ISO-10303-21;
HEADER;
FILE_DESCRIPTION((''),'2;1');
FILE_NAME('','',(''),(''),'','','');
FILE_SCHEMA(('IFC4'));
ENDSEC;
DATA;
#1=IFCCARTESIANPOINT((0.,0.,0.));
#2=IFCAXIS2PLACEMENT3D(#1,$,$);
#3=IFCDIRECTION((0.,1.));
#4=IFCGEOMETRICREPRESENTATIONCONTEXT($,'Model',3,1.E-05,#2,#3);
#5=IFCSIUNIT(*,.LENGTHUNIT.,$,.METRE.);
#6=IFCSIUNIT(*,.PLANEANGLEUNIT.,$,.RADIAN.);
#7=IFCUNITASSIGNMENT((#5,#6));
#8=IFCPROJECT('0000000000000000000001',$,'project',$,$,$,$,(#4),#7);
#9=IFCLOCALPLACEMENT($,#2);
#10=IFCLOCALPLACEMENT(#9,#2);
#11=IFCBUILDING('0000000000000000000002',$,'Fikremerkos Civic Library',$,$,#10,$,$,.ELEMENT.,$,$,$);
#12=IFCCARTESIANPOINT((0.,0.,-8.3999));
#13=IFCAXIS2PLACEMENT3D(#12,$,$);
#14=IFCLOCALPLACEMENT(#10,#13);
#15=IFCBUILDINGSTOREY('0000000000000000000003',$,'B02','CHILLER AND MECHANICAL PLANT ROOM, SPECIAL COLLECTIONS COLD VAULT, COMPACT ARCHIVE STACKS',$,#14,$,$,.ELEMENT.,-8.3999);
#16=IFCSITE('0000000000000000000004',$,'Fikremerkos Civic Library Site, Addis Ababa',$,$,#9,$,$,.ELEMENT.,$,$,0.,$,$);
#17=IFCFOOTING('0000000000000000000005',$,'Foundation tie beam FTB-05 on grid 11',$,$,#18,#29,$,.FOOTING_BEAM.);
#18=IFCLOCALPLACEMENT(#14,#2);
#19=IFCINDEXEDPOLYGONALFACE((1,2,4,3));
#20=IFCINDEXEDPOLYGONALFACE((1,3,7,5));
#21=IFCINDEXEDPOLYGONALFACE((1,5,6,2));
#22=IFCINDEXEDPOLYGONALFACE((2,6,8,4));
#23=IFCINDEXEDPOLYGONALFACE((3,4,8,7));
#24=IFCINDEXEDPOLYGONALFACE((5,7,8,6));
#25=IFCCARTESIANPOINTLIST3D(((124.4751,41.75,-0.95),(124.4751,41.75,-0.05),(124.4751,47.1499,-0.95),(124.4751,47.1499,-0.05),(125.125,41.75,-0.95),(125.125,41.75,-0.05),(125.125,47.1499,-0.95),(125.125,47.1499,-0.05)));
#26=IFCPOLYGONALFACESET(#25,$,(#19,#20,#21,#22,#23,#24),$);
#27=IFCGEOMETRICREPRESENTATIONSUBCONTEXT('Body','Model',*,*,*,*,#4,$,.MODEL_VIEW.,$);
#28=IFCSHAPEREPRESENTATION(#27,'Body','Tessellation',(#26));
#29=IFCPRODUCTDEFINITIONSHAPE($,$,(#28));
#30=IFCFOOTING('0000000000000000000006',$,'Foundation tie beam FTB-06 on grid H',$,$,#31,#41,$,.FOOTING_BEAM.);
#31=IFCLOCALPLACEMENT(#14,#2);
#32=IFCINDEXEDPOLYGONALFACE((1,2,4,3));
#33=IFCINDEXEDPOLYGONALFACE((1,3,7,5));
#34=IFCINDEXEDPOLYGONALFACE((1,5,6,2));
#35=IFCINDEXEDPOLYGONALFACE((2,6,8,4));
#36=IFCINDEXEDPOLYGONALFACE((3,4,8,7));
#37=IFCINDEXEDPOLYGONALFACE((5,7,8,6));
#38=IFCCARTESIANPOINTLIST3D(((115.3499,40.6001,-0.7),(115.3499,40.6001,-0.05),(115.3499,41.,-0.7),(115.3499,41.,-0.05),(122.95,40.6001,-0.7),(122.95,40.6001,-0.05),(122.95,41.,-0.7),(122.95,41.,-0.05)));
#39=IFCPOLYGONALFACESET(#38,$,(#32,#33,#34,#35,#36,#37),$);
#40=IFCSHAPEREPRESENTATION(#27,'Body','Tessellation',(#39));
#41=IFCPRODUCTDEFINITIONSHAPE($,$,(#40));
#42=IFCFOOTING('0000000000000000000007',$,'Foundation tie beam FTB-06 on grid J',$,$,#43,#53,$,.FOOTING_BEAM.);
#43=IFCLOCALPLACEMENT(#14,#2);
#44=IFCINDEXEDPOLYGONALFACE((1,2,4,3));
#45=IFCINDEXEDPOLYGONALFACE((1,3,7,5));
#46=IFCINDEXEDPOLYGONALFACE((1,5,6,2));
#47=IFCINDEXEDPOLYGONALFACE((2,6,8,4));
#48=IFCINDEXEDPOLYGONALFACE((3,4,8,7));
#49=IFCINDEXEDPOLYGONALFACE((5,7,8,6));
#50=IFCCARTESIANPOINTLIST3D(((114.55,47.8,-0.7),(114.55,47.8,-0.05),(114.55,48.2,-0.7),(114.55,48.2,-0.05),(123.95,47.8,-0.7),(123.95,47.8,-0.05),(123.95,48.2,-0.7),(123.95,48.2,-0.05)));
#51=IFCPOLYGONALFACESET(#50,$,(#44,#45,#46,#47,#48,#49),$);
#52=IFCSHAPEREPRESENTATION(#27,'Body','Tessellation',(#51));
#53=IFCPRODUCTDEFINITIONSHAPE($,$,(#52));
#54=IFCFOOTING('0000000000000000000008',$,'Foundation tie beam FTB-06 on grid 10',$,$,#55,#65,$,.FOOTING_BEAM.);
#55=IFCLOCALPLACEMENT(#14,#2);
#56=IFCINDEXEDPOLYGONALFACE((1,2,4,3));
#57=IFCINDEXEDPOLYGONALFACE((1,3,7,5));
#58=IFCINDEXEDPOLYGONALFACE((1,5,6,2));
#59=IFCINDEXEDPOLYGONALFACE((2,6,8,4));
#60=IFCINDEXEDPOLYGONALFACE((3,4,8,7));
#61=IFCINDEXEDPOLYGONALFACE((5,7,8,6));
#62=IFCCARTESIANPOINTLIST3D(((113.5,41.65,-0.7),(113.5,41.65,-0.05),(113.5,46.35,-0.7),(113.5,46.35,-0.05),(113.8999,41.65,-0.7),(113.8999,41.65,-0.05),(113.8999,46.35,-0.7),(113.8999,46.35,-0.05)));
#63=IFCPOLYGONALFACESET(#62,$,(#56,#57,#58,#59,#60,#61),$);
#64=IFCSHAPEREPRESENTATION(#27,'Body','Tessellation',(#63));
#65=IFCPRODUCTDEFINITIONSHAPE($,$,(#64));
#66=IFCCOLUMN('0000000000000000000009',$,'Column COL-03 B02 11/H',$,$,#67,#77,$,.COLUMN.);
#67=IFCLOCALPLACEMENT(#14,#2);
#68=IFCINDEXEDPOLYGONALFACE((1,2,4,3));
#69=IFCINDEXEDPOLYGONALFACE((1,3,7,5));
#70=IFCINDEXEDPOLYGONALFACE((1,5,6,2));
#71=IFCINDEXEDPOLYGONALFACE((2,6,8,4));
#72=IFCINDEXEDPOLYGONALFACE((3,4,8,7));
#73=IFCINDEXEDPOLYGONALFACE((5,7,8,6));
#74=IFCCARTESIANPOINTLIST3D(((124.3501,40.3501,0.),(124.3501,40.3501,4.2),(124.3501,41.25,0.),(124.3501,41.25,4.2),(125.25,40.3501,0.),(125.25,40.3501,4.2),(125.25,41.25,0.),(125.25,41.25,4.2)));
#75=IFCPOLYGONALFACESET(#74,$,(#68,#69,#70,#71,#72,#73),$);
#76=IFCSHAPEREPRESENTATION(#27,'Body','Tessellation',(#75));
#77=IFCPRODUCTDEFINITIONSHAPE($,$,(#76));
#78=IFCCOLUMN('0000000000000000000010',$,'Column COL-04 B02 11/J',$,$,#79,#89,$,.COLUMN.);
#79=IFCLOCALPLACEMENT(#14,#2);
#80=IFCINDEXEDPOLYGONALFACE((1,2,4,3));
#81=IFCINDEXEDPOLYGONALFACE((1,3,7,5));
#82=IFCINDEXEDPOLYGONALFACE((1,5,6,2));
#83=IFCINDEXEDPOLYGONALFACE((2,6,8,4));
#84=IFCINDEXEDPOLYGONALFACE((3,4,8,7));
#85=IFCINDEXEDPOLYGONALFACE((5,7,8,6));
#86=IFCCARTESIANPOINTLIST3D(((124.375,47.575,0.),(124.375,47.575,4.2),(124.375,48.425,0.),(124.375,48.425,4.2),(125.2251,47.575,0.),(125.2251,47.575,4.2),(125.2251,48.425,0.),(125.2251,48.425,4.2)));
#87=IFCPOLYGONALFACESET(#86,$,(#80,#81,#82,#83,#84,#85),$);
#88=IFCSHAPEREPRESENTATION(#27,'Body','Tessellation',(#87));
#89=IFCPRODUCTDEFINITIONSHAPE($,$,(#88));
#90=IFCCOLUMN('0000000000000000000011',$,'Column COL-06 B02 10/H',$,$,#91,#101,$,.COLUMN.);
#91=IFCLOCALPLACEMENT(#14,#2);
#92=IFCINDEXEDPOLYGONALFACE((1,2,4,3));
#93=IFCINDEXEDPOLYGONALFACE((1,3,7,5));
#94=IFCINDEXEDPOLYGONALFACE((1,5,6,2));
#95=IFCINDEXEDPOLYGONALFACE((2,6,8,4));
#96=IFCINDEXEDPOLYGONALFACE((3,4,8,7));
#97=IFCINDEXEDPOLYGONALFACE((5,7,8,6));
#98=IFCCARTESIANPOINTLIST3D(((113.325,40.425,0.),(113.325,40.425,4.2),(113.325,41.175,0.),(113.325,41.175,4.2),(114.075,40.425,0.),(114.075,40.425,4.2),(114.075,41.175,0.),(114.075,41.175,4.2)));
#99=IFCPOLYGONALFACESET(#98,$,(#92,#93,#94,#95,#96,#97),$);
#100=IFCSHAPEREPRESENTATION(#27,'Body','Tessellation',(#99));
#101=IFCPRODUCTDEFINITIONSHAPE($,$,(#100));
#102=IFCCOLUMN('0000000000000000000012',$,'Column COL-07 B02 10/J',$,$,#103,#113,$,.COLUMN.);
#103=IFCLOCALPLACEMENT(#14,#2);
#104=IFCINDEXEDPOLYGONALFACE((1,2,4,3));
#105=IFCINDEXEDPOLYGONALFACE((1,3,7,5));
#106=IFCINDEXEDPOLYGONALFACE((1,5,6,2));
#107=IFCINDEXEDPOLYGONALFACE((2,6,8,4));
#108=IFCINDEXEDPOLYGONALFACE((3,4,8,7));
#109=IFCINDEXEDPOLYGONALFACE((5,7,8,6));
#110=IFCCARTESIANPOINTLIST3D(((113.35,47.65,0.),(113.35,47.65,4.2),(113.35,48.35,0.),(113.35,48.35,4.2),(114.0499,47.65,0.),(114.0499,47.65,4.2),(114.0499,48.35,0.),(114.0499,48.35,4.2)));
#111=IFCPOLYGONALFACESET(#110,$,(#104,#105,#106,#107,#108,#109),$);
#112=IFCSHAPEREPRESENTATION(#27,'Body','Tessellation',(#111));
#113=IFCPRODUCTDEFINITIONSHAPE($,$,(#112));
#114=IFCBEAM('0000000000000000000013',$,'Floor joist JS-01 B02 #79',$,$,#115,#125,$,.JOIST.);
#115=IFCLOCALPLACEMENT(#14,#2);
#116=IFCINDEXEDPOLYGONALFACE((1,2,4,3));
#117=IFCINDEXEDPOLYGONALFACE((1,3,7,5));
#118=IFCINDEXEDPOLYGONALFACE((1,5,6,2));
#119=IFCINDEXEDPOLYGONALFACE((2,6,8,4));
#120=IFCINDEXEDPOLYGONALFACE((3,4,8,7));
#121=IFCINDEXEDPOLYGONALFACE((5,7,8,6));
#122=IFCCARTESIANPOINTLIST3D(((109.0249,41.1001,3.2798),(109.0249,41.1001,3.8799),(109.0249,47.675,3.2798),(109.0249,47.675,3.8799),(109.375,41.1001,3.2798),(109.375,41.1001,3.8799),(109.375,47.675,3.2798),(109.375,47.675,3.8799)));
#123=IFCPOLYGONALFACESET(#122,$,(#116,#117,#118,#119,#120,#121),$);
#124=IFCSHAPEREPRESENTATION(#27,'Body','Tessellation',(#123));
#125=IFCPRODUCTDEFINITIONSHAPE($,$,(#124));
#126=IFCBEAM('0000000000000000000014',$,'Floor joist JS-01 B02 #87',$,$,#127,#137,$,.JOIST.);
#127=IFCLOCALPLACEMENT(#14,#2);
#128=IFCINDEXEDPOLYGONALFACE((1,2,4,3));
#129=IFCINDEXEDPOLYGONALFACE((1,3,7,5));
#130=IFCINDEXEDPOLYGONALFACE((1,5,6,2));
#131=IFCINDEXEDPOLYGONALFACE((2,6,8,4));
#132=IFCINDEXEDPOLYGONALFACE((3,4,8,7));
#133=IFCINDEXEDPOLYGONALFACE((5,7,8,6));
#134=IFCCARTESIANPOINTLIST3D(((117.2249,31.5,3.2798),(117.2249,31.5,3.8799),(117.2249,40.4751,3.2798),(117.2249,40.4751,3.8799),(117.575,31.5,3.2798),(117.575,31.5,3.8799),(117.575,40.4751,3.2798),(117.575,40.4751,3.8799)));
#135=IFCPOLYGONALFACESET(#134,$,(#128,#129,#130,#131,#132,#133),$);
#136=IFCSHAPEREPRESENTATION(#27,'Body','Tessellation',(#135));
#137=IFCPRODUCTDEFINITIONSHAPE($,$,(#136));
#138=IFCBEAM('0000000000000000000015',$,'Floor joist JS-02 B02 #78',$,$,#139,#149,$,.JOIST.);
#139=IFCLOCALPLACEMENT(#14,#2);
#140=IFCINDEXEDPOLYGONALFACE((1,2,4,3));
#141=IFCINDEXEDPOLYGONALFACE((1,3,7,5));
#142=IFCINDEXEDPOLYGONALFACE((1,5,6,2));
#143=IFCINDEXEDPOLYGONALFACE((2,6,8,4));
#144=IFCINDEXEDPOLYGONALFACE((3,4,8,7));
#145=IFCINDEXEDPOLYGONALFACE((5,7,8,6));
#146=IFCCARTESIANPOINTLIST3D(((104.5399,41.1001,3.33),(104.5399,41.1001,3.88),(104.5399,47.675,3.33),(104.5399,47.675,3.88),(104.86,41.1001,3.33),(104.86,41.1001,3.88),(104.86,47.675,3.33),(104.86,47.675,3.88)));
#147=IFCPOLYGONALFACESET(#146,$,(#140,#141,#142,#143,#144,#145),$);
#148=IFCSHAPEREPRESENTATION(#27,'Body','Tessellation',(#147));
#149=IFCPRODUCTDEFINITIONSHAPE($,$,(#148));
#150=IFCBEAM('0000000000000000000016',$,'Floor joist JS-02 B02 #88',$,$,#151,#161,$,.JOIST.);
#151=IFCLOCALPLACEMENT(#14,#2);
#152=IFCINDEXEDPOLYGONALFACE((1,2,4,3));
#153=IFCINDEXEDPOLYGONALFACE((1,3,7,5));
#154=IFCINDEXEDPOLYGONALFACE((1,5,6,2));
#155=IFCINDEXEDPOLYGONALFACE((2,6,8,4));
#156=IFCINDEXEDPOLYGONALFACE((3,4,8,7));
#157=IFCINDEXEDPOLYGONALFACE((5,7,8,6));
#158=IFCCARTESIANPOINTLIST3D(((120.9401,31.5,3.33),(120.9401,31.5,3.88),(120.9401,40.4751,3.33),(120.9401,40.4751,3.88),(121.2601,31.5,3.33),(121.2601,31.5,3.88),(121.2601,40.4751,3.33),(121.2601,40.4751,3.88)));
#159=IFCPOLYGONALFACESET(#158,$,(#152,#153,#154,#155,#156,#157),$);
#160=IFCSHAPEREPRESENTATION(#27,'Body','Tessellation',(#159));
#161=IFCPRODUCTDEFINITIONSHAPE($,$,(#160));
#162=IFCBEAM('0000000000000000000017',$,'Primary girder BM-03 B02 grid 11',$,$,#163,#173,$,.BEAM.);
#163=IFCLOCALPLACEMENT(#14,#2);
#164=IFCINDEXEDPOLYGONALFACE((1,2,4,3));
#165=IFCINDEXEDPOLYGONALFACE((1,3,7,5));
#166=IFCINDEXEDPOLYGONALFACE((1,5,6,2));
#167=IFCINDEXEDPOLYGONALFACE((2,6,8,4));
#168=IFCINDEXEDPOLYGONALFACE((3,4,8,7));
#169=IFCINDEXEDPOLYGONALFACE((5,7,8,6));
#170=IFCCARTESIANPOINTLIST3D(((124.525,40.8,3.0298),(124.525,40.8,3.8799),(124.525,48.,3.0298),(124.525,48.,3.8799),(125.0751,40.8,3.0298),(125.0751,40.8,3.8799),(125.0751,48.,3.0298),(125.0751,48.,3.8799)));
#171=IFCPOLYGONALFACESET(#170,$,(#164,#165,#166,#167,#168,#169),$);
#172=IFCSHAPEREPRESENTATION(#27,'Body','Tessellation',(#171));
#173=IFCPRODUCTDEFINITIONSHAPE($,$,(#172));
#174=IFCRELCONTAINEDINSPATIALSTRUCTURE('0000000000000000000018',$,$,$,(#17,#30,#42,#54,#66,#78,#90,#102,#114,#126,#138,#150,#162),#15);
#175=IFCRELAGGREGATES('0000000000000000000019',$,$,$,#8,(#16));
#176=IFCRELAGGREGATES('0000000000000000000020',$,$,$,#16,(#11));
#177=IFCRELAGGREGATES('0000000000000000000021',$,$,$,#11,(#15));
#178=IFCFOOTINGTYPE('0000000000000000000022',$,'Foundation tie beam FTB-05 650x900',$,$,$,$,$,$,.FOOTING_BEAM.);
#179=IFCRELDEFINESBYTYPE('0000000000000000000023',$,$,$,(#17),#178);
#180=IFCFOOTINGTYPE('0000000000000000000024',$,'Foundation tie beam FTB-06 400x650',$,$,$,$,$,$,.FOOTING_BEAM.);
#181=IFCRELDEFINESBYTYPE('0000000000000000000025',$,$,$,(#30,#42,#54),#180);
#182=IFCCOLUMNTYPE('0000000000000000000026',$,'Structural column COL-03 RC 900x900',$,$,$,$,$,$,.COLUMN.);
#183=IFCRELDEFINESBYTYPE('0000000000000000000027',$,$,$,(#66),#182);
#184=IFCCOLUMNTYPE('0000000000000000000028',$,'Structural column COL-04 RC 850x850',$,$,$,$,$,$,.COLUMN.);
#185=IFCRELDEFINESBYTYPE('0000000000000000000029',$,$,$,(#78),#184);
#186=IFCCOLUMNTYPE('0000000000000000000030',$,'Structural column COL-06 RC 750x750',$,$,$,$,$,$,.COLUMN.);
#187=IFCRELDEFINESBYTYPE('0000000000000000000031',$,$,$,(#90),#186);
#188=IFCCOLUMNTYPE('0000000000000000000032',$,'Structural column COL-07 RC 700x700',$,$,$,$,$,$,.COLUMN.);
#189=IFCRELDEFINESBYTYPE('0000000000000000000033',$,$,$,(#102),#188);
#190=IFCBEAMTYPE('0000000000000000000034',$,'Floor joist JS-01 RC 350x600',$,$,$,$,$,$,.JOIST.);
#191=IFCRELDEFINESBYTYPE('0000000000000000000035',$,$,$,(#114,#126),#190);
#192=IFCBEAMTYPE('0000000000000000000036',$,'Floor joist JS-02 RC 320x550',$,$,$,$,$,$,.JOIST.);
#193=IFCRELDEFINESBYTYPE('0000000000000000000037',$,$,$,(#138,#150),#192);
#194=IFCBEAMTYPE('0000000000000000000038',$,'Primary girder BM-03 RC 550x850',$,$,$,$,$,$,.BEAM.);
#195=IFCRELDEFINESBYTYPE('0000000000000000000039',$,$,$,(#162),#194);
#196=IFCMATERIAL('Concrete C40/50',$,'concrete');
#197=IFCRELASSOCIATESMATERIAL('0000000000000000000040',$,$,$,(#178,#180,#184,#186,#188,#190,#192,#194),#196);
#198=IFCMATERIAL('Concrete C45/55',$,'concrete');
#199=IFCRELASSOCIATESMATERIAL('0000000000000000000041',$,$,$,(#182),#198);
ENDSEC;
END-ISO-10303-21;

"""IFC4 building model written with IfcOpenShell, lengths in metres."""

from ifc_helpers import new_model, si_unit, direction, frame, origin, origin_2d, place, context, subcontext, project, spatial, rectangle, extrude, material, material_profile, profile_set, type_object, element, save


model = new_model("IFC4")

# Units and contexts
model_context = context("Model", 3, precision=1e-05, world=origin(), true_north=direction((0.0, 1.0)))
body_context = subcontext(model_context, "Body", "Model", "MODEL_VIEW")
ifc_project = project(units=[si_unit("LENGTHUNIT", "METRE"), si_unit("PLANEANGLEUNIT", "RADIAN")], contexts=[model_context])

# Site, building, storey
site_placement = place(None, origin())
site = spatial("IfcSite", under=ifc_project, at=site_placement, Name="Fikremerkos Civic Library Site, Addis Ababa", CompositionType="ELEMENT", RefElevation=0.0)
building_placement = place(site_placement, origin())
building = spatial("IfcBuilding", under=site, at=building_placement, Name="Fikremerkos Civic Library", CompositionType="ELEMENT")
storey_placement = place(building_placement, frame((0.0, 0.0, -8.3999)))
storey = spatial("IfcBuildingStorey", under=building, at=storey_placement, Name="B02", Description="CHILLER AND MECHANICAL PLANT ROOM, SPECIAL COLLECTIONS COLD VAULT, COMPACT ARCHIVE STACKS", CompositionType="ELEMENT", Elevation=-8.3999)

# Footings
ifc_material_1 = material(Name="Concrete C40/50", Category="concrete")
footing_type_1 = type_object("IfcFootingType", Name="Foundation tie beam FTB-05 650x900", PredefinedType="FOOTING_BEAM", material=ifc_material_1)
footing_1_placement = place(storey_placement, frame((124.8, 44.45, -0.95), z_axis=(0.0, 0.0, 1.0), x_axis=(0.0, 1.0, 0.0)))
element("IfcFooting", 1, at=footing_1_placement, inside=storey, type_object=footing_type_1, Name="Foundation tie beam FTB-05 on grid 11", PredefinedType="FOOTING_BEAM", context=body_context, shape_type="SweptSolid", body=[
    extrude(rectangle(XDim=5.3999, YDim=0.6499, at=origin_2d()), origin(), (0.0, 0.0, 1.0), 0.8999),
])
footing_type_2 = type_object("IfcFootingType", Name="Foundation tie beam FTB-06 400x650", PredefinedType="FOOTING_BEAM", material=ifc_material_1)
footing_2_placement = place(storey_placement, frame((119.1499, 40.8, -0.7), z_axis=(0.0, 0.0, 1.0), x_axis=(1.0, 0.0, 0.0)))
element("IfcFooting", 2, at=footing_2_placement, inside=storey, type_object=footing_type_2, Name="Foundation tie beam FTB-06 on grid H", PredefinedType="FOOTING_BEAM", context=body_context, shape_type="SweptSolid", body=[
    extrude(rectangle(XDim=7.6001, YDim=0.3999, at=origin_2d()), origin(), (0.0, 0.0, 1.0), 0.6499),
])
footing_3_placement = place(storey_placement, frame((119.25, 48.0, -0.7), z_axis=(0.0, 0.0, 1.0), x_axis=(1.0, 0.0, 0.0)))
element("IfcFooting", 3, at=footing_3_placement, inside=storey, type_object=footing_type_2, Name="Foundation tie beam FTB-06 on grid J", PredefinedType="FOOTING_BEAM", context=body_context, shape_type="SweptSolid", body=[
    extrude(rectangle(XDim=9.3999, YDim=0.3999, at=origin_2d()), origin(), (0.0, 0.0, 1.0), 0.6499),
])
footing_4_placement = place(storey_placement, frame((113.7, 44.0, -0.7), z_axis=(0.0, 0.0, 1.0), x_axis=(0.0, 1.0, 0.0)))
element("IfcFooting", 4, at=footing_4_placement, inside=storey, type_object=footing_type_2, Name="Foundation tie beam FTB-06 on grid 10", PredefinedType="FOOTING_BEAM", context=body_context, shape_type="SweptSolid", body=[
    extrude(rectangle(XDim=4.7, YDim=0.3999, at=origin_2d()), origin(), (0.0, 0.0, 1.0), 0.6499),
])

# Columns
ifc_material_2 = material(Name="Concrete C45/55", Category="concrete")
ifc_material_profile_1 = material_profile(ifc_material_2, rectangle(XDim=0.8999, YDim=0.8999, at=origin_2d()), Name="RC 900x900")
ifc_profile_set_1 = profile_set([ifc_material_profile_1], Name="Concrete C45/55")
column_type_1 = type_object("IfcColumnType", Name="Structural column COL-03 RC 900x900", PredefinedType="COLUMN", material=ifc_profile_set_1)
column_1_placement = place(storey_placement, frame((124.8, 40.8, 0.0), z_axis=(0.0, 0.0, 1.0), x_axis=(1.0, 0.0, 0.0)))
element("IfcColumn", 5, at=column_1_placement, inside=storey, type_object=column_type_1, Name="Column COL-03 B02 11/H", PredefinedType="COLUMN", context=body_context, shape_type="SweptSolid", body=[
    extrude(rectangle(XDim=0.8999, YDim=0.8999, at=origin_2d()), origin(), (0.0, 0.0, 1.0), 4.2),
])
ifc_material_profile_2 = material_profile(ifc_material_1, rectangle(XDim=0.8501, YDim=0.8501, at=origin_2d()), Name="RC 850x850")
ifc_profile_set_2 = profile_set([ifc_material_profile_2], Name="Concrete C40/50")
column_type_2 = type_object("IfcColumnType", Name="Structural column COL-04 RC 850x850", PredefinedType="COLUMN", material=ifc_profile_set_2)
column_2_placement = place(storey_placement, frame((124.8, 48.0, 0.0), z_axis=(0.0, 0.0, 1.0), x_axis=(1.0, 0.0, 0.0)))
element("IfcColumn", 6, at=column_2_placement, inside=storey, type_object=column_type_2, Name="Column COL-04 B02 11/J", PredefinedType="COLUMN", context=body_context, shape_type="SweptSolid", body=[
    extrude(rectangle(XDim=0.8501, YDim=0.8501, at=origin_2d()), origin(), (0.0, 0.0, 1.0), 4.2),
])
ifc_material_profile_3 = material_profile(ifc_material_1, rectangle(XDim=0.75, YDim=0.75, at=origin_2d()), Name="RC 750x750")
ifc_profile_set_3 = profile_set([ifc_material_profile_3], Name="Concrete C40/50")
column_type_3 = type_object("IfcColumnType", Name="Structural column COL-06 RC 750x750", PredefinedType="COLUMN", material=ifc_profile_set_3)
column_3_placement = place(storey_placement, frame((113.7, 40.8, 0.0), z_axis=(0.0, 0.0, 1.0), x_axis=(1.0, 0.0, 0.0)))
element("IfcColumn", 7, at=column_3_placement, inside=storey, type_object=column_type_3, Name="Column COL-06 B02 10/H", PredefinedType="COLUMN", context=body_context, shape_type="SweptSolid", body=[
    extrude(rectangle(XDim=0.75, YDim=0.75, at=origin_2d()), origin(), (0.0, 0.0, 1.0), 4.2),
])
ifc_material_profile_4 = material_profile(ifc_material_1, rectangle(XDim=0.7, YDim=0.7, at=origin_2d()), Name="RC 700x700")
ifc_profile_set_4 = profile_set([ifc_material_profile_4], Name="Concrete C40/50")
column_type_4 = type_object("IfcColumnType", Name="Structural column COL-07 RC 700x700", PredefinedType="COLUMN", material=ifc_profile_set_4)
column_4_placement = place(storey_placement, frame((113.7, 48.0, 0.0), z_axis=(0.0, 0.0, 1.0), x_axis=(1.0, 0.0, 0.0)))
element("IfcColumn", 8, at=column_4_placement, inside=storey, type_object=column_type_4, Name="Column COL-07 B02 10/J", PredefinedType="COLUMN", context=body_context, shape_type="SweptSolid", body=[
    extrude(rectangle(XDim=0.7, YDim=0.7, at=origin_2d()), origin(), (0.0, 0.0, 1.0), 4.2),
])

# Beams
ifc_material_profile_5 = material_profile(ifc_material_1, rectangle(XDim=0.3501, YDim=0.6001, at=origin_2d()), Name="RC 350x600")
ifc_profile_set_5 = profile_set([ifc_material_profile_5], Name="Concrete C40/50")
beam_type_1 = type_object("IfcBeamType", Name="Floor joist JS-01 RC 350x600", PredefinedType="JOIST", material=ifc_profile_set_5)
beam_1_placement = place(storey_placement, frame((109.2, 41.1001, 3.5798), z_axis=(0.0, 1.0, 0.0), x_axis=(-1.0, 0.0, 0.0)))
element("IfcBeam", 9, at=beam_1_placement, inside=storey, type_object=beam_type_1, Name="Floor joist JS-01 B02 #79", PredefinedType="JOIST", context=body_context, shape_type="SweptSolid", body=[
    extrude(rectangle(XDim=0.3501, YDim=0.6001, at=origin_2d()), origin(), (0.0, 0.0, 1.0), 6.575),
])
beam_2_placement = place(storey_placement, frame((117.3999, 31.5, 3.5798), z_axis=(0.0, 1.0, 0.0), x_axis=(-1.0, 0.0, 0.0)))
element("IfcBeam", 10, at=beam_2_placement, inside=storey, type_object=beam_type_1, Name="Floor joist JS-01 B02 #87", PredefinedType="JOIST", context=body_context, shape_type="SweptSolid", body=[
    extrude(rectangle(XDim=0.3501, YDim=0.6001, at=origin_2d()), origin(), (0.0, 0.0, 1.0), 8.9751),
])
ifc_material_profile_6 = material_profile(ifc_material_1, rectangle(XDim=0.3201, YDim=0.55, at=origin_2d()), Name="RC 320x550")
ifc_profile_set_6 = profile_set([ifc_material_profile_6], Name="Concrete C40/50")
beam_type_2 = type_object("IfcBeamType", Name="Floor joist JS-02 RC 320x550", PredefinedType="JOIST", material=ifc_profile_set_6)
beam_3_placement = place(storey_placement, frame((104.7, 41.1001, 3.605), z_axis=(0.0, 1.0, 0.0), x_axis=(-1.0, 0.0, 0.0)))
element("IfcBeam", 11, at=beam_3_placement, inside=storey, type_object=beam_type_2, Name="Floor joist JS-02 B02 #78", PredefinedType="JOIST", context=body_context, shape_type="SweptSolid", body=[
    extrude(rectangle(XDim=0.3201, YDim=0.55, at=origin_2d()), origin(), (0.0, 0.0, 1.0), 6.575),
])
beam_4_placement = place(storey_placement, frame((121.1001, 31.5, 3.605), z_axis=(0.0, 1.0, 0.0), x_axis=(-1.0, 0.0, 0.0)))
element("IfcBeam", 12, at=beam_4_placement, inside=storey, type_object=beam_type_2, Name="Floor joist JS-02 B02 #88", PredefinedType="JOIST", context=body_context, shape_type="SweptSolid", body=[
    extrude(rectangle(XDim=0.3201, YDim=0.55, at=origin_2d()), origin(), (0.0, 0.0, 1.0), 8.9751),
])
ifc_material_profile_7 = material_profile(ifc_material_1, rectangle(XDim=0.55, YDim=0.8501, at=origin_2d()), Name="RC 550x850")
ifc_profile_set_7 = profile_set([ifc_material_profile_7], Name="Concrete C40/50")
beam_type_3 = type_object("IfcBeamType", Name="Primary girder BM-03 RC 550x850", PredefinedType="BEAM", material=ifc_profile_set_7)
beam_5_placement = place(storey_placement, frame((124.8, 40.8, 3.4548), z_axis=(0.0, 1.0, 0.0), x_axis=(-1.0, 0.0, 0.0)))
element("IfcBeam", 13, at=beam_5_placement, inside=storey, type_object=beam_type_3, Name="Primary girder BM-03 B02 grid 11", PredefinedType="BEAM", context=body_context, shape_type="SweptSolid", body=[
    extrude(rectangle(XDim=0.55, YDim=0.8501, at=origin_2d()), origin(), (0.0, 0.0, 1.0), 7.2),
])

save(model, "model.ifc")
